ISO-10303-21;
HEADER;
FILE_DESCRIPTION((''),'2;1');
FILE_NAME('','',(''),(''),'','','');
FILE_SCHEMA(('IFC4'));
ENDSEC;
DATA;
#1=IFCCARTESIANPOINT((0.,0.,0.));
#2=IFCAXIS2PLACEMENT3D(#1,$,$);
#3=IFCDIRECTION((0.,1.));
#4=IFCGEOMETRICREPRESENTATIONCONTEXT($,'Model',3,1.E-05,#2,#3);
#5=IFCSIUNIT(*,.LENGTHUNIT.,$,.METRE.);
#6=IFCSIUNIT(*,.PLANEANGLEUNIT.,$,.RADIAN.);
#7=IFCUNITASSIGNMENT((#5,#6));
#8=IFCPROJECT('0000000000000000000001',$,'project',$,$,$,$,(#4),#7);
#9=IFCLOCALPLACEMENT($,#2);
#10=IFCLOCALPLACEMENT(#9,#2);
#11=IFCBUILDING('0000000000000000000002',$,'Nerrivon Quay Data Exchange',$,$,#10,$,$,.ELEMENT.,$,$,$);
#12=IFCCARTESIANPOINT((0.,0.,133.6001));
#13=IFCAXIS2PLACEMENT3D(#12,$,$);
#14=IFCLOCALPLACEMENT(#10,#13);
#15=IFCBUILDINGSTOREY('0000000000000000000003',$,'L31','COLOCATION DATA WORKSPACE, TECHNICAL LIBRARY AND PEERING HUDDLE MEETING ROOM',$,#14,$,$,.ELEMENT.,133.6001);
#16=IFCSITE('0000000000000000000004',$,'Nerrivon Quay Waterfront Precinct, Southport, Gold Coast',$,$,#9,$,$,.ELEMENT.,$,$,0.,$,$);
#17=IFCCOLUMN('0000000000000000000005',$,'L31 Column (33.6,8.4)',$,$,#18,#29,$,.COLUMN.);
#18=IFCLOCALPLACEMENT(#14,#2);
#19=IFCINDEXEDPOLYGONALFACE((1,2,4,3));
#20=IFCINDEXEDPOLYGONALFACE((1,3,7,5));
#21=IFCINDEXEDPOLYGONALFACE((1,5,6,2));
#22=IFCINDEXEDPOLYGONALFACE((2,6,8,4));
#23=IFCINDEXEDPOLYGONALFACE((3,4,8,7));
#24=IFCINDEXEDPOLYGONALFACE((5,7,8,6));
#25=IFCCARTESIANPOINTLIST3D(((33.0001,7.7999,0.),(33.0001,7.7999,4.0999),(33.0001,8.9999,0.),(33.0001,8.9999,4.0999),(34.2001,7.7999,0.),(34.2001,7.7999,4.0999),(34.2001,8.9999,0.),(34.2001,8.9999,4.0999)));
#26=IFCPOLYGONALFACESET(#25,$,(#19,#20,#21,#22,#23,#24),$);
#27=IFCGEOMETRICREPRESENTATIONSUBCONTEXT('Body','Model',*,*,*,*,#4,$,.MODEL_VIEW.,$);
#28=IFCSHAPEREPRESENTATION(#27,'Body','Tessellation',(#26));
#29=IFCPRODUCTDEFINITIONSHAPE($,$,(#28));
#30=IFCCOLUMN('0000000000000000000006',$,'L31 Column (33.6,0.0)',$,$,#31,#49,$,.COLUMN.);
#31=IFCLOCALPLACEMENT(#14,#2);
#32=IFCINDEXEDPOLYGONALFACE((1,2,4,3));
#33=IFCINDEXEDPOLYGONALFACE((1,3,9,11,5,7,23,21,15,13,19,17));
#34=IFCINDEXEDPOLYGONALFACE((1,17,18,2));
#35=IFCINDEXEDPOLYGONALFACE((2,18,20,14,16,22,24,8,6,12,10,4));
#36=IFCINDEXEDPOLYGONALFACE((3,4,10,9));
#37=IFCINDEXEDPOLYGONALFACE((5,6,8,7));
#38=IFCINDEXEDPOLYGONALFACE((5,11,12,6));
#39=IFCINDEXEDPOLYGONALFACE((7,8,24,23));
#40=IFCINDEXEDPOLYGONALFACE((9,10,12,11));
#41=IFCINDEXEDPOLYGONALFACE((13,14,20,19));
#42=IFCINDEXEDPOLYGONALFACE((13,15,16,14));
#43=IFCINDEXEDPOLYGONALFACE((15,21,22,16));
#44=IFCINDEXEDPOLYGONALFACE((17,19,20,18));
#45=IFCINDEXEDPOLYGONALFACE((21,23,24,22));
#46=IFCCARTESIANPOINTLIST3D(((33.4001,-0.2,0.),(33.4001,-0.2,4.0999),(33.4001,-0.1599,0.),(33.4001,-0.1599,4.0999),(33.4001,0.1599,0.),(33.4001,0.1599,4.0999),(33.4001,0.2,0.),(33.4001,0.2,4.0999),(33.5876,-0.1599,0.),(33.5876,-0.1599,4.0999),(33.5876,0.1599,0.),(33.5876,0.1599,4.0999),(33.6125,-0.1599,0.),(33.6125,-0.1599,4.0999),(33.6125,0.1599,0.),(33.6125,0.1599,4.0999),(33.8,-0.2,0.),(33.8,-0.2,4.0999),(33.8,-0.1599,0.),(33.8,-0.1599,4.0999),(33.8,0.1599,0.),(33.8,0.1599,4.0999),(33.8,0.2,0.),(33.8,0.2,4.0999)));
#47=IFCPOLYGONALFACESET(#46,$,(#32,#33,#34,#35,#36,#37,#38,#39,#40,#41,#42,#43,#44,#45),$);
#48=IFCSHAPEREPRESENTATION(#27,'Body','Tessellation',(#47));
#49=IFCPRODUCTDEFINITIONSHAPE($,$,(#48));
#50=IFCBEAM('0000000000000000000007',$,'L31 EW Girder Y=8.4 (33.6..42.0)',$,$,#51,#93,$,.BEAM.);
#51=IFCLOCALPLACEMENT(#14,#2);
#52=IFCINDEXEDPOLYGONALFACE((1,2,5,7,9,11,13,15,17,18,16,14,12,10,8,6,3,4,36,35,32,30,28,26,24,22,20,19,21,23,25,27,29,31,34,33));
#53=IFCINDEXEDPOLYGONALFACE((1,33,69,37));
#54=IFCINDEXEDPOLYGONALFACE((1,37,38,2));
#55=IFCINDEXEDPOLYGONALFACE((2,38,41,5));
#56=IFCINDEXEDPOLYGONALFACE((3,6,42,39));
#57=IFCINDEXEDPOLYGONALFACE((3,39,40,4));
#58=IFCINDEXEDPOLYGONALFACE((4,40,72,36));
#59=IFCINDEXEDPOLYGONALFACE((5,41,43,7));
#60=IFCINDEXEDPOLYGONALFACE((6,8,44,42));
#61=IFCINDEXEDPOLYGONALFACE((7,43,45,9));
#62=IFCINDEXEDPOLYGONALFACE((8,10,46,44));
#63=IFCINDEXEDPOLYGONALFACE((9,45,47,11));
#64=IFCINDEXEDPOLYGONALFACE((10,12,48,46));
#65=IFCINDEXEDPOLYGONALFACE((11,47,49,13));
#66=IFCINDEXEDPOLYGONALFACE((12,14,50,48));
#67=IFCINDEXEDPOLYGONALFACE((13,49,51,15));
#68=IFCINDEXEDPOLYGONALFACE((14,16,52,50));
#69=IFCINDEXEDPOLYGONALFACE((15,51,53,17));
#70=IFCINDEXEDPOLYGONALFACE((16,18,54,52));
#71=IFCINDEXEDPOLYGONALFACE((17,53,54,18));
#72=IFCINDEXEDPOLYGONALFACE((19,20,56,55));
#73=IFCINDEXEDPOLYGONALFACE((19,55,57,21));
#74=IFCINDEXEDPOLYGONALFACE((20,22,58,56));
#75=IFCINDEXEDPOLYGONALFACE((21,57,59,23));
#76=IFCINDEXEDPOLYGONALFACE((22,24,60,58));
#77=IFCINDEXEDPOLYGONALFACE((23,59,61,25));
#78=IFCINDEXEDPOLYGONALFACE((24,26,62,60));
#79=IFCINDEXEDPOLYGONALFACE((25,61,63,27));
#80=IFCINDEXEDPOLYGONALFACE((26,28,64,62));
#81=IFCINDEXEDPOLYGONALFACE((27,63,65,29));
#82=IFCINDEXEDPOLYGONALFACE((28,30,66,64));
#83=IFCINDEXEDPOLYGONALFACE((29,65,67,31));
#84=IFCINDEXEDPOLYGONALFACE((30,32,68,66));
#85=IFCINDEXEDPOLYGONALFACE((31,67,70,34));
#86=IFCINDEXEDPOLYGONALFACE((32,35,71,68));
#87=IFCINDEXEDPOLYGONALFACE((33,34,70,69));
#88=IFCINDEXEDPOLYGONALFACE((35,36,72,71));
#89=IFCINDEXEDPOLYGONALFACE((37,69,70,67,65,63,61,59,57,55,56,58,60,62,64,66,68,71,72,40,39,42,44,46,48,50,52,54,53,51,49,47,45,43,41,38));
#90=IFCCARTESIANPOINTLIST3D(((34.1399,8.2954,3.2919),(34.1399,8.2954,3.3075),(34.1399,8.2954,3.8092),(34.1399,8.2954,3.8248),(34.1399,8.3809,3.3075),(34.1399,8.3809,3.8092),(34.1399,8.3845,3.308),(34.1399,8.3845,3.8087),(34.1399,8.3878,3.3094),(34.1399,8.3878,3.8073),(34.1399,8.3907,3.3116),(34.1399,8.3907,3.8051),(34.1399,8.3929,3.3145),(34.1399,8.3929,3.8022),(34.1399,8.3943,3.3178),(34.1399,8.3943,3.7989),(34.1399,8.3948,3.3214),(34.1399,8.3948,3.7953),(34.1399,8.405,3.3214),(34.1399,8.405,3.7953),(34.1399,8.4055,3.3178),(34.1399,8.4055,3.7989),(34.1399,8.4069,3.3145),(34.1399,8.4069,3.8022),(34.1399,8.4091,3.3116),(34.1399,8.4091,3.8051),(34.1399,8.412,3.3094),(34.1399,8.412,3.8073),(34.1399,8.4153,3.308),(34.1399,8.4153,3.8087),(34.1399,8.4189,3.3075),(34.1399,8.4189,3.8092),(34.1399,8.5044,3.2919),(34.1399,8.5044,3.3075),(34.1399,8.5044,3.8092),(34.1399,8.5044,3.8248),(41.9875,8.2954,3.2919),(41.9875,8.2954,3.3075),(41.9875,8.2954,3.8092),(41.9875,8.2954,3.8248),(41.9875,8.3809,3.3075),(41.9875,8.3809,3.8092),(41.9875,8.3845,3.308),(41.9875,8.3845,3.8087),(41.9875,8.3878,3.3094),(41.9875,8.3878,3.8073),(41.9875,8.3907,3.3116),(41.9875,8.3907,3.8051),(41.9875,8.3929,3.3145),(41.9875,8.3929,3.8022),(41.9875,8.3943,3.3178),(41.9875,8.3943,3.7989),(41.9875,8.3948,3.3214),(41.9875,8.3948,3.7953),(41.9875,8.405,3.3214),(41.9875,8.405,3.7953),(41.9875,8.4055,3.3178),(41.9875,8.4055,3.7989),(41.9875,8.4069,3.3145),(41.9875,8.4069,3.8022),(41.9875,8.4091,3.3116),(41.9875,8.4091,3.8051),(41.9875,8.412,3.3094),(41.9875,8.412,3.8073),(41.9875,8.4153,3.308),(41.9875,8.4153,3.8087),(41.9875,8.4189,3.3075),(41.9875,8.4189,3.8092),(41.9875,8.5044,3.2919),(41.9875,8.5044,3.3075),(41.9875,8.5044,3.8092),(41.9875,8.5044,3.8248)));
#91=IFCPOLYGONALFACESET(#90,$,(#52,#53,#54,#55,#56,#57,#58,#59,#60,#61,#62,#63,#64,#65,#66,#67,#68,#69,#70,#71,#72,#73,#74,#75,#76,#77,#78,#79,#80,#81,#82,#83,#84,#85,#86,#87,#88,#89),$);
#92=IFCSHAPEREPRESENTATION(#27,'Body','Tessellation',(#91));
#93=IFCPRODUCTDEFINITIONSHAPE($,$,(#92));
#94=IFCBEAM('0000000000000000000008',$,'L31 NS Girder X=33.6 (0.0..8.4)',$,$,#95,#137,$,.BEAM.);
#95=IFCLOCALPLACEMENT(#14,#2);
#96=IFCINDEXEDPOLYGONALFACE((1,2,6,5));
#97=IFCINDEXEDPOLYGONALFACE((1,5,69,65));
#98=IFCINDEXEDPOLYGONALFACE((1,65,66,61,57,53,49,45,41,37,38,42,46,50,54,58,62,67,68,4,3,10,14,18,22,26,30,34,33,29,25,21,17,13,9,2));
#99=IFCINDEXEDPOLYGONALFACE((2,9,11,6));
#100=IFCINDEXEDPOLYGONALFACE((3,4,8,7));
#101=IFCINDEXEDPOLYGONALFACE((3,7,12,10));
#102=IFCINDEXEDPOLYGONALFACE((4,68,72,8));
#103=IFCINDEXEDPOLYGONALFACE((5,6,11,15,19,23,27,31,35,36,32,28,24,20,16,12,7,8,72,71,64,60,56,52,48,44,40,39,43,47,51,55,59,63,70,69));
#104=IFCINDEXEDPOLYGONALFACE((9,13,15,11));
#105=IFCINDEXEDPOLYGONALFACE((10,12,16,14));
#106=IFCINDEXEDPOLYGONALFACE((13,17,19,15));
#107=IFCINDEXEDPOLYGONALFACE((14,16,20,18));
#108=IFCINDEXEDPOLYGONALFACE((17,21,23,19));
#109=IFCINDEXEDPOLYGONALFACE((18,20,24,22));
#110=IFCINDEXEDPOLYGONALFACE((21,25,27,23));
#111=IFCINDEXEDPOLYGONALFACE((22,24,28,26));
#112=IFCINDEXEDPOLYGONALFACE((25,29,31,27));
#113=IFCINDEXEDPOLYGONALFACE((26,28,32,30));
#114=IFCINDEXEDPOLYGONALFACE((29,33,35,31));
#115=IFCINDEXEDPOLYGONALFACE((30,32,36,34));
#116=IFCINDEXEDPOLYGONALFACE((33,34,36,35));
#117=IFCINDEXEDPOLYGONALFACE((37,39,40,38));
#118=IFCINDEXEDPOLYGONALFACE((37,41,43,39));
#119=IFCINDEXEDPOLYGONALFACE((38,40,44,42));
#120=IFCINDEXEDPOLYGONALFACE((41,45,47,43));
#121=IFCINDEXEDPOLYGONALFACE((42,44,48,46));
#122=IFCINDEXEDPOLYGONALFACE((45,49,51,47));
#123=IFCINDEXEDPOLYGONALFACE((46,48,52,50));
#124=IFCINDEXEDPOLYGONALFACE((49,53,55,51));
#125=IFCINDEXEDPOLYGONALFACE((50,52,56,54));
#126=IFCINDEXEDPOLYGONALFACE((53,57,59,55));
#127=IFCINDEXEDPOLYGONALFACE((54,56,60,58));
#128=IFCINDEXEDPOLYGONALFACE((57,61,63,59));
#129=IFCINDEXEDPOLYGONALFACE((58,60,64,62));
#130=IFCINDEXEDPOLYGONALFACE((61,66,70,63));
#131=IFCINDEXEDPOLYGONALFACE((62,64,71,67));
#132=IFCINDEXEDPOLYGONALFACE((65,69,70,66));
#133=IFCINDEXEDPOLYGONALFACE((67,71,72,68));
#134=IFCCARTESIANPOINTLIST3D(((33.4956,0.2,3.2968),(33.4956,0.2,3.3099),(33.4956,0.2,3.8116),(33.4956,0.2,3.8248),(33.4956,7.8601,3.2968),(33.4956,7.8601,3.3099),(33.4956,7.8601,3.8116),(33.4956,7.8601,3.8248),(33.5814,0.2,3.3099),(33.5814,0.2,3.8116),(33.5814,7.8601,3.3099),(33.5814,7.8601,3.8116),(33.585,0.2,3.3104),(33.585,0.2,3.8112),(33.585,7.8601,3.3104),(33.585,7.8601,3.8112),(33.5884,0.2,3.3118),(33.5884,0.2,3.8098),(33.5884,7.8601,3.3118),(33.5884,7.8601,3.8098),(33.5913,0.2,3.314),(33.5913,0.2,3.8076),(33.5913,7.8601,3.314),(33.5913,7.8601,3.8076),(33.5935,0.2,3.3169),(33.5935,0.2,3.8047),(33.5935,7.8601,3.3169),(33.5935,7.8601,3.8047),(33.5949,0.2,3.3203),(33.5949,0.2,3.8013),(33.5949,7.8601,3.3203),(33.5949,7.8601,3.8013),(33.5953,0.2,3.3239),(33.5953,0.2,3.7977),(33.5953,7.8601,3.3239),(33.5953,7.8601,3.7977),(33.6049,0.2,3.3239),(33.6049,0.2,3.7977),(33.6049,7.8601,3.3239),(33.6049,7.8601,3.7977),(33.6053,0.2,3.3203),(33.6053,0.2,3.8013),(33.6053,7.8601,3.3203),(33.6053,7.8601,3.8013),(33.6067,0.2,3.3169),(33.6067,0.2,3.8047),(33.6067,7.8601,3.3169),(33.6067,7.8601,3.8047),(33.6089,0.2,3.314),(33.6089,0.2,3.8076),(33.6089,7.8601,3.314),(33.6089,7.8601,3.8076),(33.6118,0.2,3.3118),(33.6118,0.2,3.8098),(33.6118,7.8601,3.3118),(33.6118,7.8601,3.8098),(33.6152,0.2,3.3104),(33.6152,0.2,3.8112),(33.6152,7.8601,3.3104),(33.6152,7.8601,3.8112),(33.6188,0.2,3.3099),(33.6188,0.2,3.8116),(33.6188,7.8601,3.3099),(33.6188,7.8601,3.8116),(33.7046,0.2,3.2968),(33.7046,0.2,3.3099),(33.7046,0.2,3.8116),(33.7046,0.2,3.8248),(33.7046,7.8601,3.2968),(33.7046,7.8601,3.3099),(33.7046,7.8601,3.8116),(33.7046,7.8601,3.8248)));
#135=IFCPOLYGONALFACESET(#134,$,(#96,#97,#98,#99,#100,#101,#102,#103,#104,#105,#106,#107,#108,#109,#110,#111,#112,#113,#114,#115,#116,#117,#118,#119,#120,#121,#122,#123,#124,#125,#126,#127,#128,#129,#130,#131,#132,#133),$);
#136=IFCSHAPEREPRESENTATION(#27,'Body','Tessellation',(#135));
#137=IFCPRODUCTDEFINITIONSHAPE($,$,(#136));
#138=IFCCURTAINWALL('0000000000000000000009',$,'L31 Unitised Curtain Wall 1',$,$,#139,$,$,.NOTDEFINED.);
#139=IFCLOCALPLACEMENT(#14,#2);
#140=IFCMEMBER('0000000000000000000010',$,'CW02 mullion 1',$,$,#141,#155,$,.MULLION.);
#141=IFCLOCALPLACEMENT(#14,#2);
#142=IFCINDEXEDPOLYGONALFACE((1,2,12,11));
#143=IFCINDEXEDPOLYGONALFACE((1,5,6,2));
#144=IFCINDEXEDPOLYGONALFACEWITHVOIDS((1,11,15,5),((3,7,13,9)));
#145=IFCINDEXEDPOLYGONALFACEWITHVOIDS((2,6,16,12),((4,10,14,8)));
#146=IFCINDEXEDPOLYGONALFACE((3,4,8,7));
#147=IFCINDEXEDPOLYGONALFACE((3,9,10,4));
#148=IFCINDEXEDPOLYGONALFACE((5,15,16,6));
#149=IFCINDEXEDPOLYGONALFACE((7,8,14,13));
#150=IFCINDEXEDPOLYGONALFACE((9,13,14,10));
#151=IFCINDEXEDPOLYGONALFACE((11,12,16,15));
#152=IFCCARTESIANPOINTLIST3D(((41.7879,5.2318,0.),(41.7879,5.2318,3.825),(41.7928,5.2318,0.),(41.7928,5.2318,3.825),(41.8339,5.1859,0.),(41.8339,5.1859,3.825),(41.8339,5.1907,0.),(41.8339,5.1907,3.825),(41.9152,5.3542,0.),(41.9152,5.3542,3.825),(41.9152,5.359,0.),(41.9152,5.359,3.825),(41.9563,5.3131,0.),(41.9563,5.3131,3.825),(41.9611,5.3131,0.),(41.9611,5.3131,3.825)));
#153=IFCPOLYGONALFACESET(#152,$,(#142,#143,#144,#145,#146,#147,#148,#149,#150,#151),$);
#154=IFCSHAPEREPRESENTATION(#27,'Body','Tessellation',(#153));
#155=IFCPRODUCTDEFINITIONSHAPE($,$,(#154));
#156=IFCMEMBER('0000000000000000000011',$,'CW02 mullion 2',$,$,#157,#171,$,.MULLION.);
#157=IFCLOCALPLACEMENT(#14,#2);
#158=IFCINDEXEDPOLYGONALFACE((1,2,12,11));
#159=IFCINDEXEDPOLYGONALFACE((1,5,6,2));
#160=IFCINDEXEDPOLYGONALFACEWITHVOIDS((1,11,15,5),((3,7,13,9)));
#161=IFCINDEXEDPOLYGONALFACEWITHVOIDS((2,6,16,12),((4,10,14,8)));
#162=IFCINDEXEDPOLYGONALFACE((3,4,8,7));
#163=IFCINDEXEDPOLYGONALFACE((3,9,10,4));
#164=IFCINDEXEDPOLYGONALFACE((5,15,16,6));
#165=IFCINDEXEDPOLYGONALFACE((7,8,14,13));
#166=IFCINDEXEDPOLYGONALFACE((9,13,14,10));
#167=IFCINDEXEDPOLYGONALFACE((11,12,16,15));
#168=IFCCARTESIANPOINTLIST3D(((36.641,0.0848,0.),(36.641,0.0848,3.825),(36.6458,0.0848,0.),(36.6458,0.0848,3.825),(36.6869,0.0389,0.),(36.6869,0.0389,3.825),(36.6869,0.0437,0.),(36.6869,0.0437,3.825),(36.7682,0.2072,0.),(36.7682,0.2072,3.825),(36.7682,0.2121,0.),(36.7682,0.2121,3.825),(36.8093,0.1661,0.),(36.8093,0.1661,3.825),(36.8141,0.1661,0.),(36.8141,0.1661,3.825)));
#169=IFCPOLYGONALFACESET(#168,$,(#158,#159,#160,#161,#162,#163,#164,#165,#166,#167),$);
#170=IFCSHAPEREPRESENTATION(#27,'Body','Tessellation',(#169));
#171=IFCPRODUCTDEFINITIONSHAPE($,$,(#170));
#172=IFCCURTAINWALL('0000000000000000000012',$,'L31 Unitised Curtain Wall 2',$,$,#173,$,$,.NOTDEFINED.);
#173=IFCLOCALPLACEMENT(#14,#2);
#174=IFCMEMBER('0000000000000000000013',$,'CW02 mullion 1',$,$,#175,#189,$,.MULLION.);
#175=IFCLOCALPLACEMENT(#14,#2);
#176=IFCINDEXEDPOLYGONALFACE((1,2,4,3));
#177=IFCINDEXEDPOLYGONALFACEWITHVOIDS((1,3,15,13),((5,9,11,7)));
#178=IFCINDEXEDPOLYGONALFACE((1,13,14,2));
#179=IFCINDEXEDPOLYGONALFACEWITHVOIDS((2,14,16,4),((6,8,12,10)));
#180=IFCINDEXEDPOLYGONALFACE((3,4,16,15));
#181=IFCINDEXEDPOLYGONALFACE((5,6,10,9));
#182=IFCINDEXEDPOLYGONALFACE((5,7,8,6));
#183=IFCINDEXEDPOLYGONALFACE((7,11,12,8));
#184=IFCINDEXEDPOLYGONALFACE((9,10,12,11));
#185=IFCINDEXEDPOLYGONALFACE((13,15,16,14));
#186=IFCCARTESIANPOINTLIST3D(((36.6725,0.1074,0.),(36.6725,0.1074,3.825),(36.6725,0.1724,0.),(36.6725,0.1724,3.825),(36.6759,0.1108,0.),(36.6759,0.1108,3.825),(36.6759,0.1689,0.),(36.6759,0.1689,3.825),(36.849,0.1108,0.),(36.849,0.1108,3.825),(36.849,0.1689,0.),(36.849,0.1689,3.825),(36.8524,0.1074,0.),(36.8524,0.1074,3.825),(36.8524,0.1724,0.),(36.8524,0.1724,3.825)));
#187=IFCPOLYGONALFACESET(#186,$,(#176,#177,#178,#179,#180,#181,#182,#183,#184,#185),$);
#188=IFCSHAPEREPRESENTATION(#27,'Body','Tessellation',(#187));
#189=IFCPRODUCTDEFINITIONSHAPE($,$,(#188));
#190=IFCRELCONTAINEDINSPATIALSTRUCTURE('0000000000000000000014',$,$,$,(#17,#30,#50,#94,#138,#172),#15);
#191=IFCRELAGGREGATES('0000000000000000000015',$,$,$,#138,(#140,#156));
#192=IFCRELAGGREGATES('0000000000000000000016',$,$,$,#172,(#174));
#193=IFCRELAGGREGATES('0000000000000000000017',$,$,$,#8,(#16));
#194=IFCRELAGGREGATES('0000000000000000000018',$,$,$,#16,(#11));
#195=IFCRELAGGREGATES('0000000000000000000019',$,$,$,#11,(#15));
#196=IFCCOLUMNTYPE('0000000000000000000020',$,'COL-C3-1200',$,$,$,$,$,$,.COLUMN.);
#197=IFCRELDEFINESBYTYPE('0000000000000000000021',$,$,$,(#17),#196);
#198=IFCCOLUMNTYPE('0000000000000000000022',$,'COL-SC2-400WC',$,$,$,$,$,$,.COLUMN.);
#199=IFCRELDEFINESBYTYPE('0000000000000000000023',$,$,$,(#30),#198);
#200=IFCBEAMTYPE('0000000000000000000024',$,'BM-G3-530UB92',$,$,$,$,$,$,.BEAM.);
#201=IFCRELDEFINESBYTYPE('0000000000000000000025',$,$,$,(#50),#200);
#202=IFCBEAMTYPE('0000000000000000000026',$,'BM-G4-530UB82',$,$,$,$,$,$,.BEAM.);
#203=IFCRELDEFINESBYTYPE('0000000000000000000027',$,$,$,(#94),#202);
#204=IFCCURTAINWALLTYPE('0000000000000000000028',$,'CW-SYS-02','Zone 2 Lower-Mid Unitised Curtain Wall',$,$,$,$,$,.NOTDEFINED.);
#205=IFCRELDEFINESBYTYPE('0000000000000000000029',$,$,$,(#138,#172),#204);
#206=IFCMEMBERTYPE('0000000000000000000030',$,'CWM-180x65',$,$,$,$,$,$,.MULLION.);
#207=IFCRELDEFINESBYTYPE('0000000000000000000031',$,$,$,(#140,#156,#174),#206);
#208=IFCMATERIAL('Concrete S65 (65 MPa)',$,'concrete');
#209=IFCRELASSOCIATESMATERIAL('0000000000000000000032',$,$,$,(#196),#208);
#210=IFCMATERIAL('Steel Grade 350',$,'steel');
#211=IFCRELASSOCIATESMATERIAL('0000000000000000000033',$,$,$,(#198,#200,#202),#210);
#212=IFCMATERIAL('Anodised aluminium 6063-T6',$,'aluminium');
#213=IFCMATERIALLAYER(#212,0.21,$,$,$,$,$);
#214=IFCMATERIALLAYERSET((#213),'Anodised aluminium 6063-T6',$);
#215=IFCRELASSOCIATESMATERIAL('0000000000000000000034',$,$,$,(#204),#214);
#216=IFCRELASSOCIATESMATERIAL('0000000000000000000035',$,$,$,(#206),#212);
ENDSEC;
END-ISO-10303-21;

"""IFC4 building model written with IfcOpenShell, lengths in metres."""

from ifc_helpers import new_model, si_unit, direction, frame, origin, origin_2d, place, context, subcontext, project, spatial, rectangle, hollow_rectangle, i_section, extrude, material, layer, layer_set, material_profile, profile_set, type_object, element, aggregate, save


model = new_model("IFC4")

# Units and contexts
model_context = context("Model", 3, precision=1e-05, world=origin(), true_north=direction((0.0, 1.0)))
body_context = subcontext(model_context, "Body", "Model", "MODEL_VIEW")
ifc_project = project(units=[si_unit("LENGTHUNIT", "METRE"), si_unit("PLANEANGLEUNIT", "RADIAN")], contexts=[model_context])

# Site, building, storey
site_placement = place(None, origin())
site = spatial("IfcSite", under=ifc_project, at=site_placement, Name="Nerrivon Quay Waterfront Precinct, Southport, Gold Coast", CompositionType="ELEMENT", RefElevation=0.0)
building_placement = place(site_placement, origin())
building = spatial("IfcBuilding", under=site, at=building_placement, Name="Nerrivon Quay Data Exchange", CompositionType="ELEMENT")
storey_placement = place(building_placement, frame((0.0, 0.0, 133.6001)))
storey = spatial("IfcBuildingStorey", under=building, at=storey_placement, Name="L31", Description="COLOCATION DATA WORKSPACE, TECHNICAL LIBRARY AND PEERING HUDDLE MEETING ROOM", CompositionType="ELEMENT", Elevation=133.6001)

# Columns
ifc_material_1 = material(Name="Concrete S65 (65 MPa)", Category="concrete")
ifc_material_profile_1 = material_profile(ifc_material_1, rectangle(XDim=1.2, YDim=1.2, at=origin_2d()), Name="RC-COL-1200x1200")
ifc_profile_set_1 = profile_set([ifc_material_profile_1], Name="Concrete S65 (65 MPa)")
column_type_1 = type_object("IfcColumnType", Name="COL-C3-1200", PredefinedType="COLUMN", material=ifc_profile_set_1)
column_1_placement = place(storey_placement, frame((33.6001, 8.3999, 0.0), z_axis=(0.0, 0.0, 1.0), x_axis=(1.0, 0.0, 0.0)))
element("IfcColumn", 1, at=column_1_placement, inside=storey, type_object=column_type_1, Name="L31 Column (33.6,8.4)", PredefinedType="COLUMN", context=body_context, shape_type="SweptSolid", body=[
    extrude(rectangle(XDim=1.2, YDim=1.2, at=origin_2d()), origin(), (0.0, 0.0, 1.0), 4.0999),
])
ifc_material_2 = material(Name="Steel Grade 350", Category="steel")
ifc_material_profile_2 = material_profile(ifc_material_2, i_section(OverallWidth=0.3999, OverallDepth=0.3999, WebThickness=0.0249, FlangeThickness=0.04, at=origin_2d()), Name="400WC328")
ifc_profile_set_2 = profile_set([ifc_material_profile_2], Name="Steel Grade 350")
column_type_2 = type_object("IfcColumnType", Name="COL-SC2-400WC", PredefinedType="COLUMN", material=ifc_profile_set_2)
column_2_placement = place(storey_placement, frame((33.6001, 0.0, 0.0), z_axis=(0.0, 0.0, 1.0), x_axis=(1.0, 0.0, 0.0)))
element("IfcColumn", 2, at=column_2_placement, inside=storey, type_object=column_type_2, Name="L31 Column (33.6,0.0)", PredefinedType="COLUMN", context=body_context, shape_type="SweptSolid", body=[
    extrude(i_section(OverallWidth=0.3999, OverallDepth=0.3999, WebThickness=0.0249, FlangeThickness=0.04, at=origin_2d()), origin(), (0.0, 0.0, 1.0), 4.0999),
])

# Beams
ifc_material_profile_3 = material_profile(ifc_material_2, i_section(OverallWidth=0.209, OverallDepth=0.533, WebThickness=0.0103, FlangeThickness=0.0156, FilletRadius=0.0139, at=origin_2d()), Name="530UB92.4")
ifc_profile_set_3 = profile_set([ifc_material_profile_3], Name="Steel Grade 350")
beam_type_1 = type_object("IfcBeamType", Name="BM-G3-530UB92", PredefinedType="BEAM", material=ifc_profile_set_3)
beam_1_placement = place(storey_placement, frame((34.1399, 8.3999, 3.5583), z_axis=(1.0, 0.0, 0.0), x_axis=(0.0, 1.0, 0.0)))
element("IfcBeam", 3, at=beam_1_placement, inside=storey, type_object=beam_type_1, Name="L31 EW Girder Y=8.4 (33.6..42.0)", PredefinedType="BEAM", context=body_context, shape_type="SweptSolid", body=[
    extrude(i_section(OverallWidth=0.209, OverallDepth=0.533, WebThickness=0.0103, FlangeThickness=0.0156, FilletRadius=0.0139, at=origin_2d()), origin(), (0.0, 0.0, 1.0), 7.8477),
])
ifc_material_profile_4 = material_profile(ifc_material_2, i_section(OverallWidth=0.209, OverallDepth=0.5281, WebThickness=0.0095, FlangeThickness=0.0132, FilletRadius=0.0139, at=origin_2d()), Name="530UB82.0")
ifc_profile_set_4 = profile_set([ifc_material_profile_4], Name="Steel Grade 350")
beam_type_2 = type_object("IfcBeamType", Name="BM-G4-530UB82", PredefinedType="BEAM", material=ifc_profile_set_4)
beam_2_placement = place(storey_placement, frame((33.6001, 0.2, 3.5608), z_axis=(0.0, 1.0, 0.0), x_axis=(-1.0, 0.0, 0.0)))
element("IfcBeam", 4, at=beam_2_placement, inside=storey, type_object=beam_type_2, Name="L31 NS Girder X=33.6 (0.0..8.4)", PredefinedType="BEAM", context=body_context, shape_type="SweptSolid", body=[
    extrude(i_section(OverallWidth=0.209, OverallDepth=0.5281, WebThickness=0.0095, FlangeThickness=0.0132, FilletRadius=0.0139, at=origin_2d()), origin(), (0.0, 0.0, 1.0), 7.6602),
])

# Curtain walls, members
ifc_material_3 = material(Name="Anodised aluminium 6063-T6", Category="aluminium")
ifc_layer_1 = layer(ifc_material_3, 0.21)
ifc_layer_set_1 = layer_set([ifc_layer_1], Name="Anodised aluminium 6063-T6")
curtain_wall_type = type_object("IfcCurtainWallType", Name="CW-SYS-02", Description="Zone 2 Lower-Mid Unitised Curtain Wall", PredefinedType="NOTDEFINED", material=ifc_layer_set_1)
curtain_wall_1_placement = place(storey_placement, origin())
curtain_wall_1 = element("IfcCurtainWall", 5, at=curtain_wall_1_placement, inside=storey, type_object=curtain_wall_type, Name="L31 Unitised Curtain Wall 1", PredefinedType="NOTDEFINED")
ifc_material_profile_5 = material_profile(ifc_material_3, hollow_rectangle(XDim=0.0649, YDim=0.1799, WallThickness=0.0034, at=origin_2d()), Name="ALU-MULL-180x65")
ifc_profile_set_5 = profile_set([ifc_material_profile_5], Name="Anodised aluminium 6063-T6")
member_type_1 = type_object("IfcMemberType", Name="CWM-180x65", PredefinedType="MULLION", material=ifc_profile_set_5)
member_1_placement = place(storey_placement, frame((41.8745, 5.2725, 0.0), z_axis=(0.0, 0.0, 1.0), x_axis=(0.707107, -0.707107, 0.0)))
member_1 = element("IfcMember", 6, at=member_1_placement, type_object=member_type_1, Name="CW02 mullion 1", PredefinedType="MULLION", context=body_context, shape_type="SweptSolid", body=[
    extrude(hollow_rectangle(XDim=0.0649, YDim=0.1799, WallThickness=0.0034, at=origin_2d()), origin(), (0.0, 0.0, 1.0), 3.825),
])
member_2_placement = place(storey_placement, frame((36.7275, 0.1255, 0.0), z_axis=(0.0, 0.0, 1.0), x_axis=(0.707107, -0.707107, 0.0)))
member_2 = element("IfcMember", 7, at=member_2_placement, type_object=member_type_1, Name="CW02 mullion 2", PredefinedType="MULLION", context=body_context, shape_type="SweptSolid", body=[
    extrude(hollow_rectangle(XDim=0.0649, YDim=0.1799, WallThickness=0.0034, at=origin_2d()), origin(), (0.0, 0.0, 1.0), 3.825),
])
curtain_wall_2_placement = place(storey_placement, origin())
curtain_wall_2 = element("IfcCurtainWall", 8, at=curtain_wall_2_placement, inside=storey, type_object=curtain_wall_type, Name="L31 Unitised Curtain Wall 2", PredefinedType="NOTDEFINED")
member_3_placement = place(storey_placement, frame((36.7625, 0.1399, 0.0), z_axis=(0.0, 0.0, 1.0), x_axis=(0.0, -1.0, 0.0)))
member_3 = element("IfcMember", 9, at=member_3_placement, type_object=member_type_1, Name="CW02 mullion 1", PredefinedType="MULLION", context=body_context, shape_type="SweptSolid", body=[
    extrude(hollow_rectangle(XDim=0.0649, YDim=0.1799, WallThickness=0.0034, at=origin_2d()), origin(), (0.0, 0.0, 1.0), 3.825),
])

aggregate(curtain_wall_1, [member_1, member_2])
aggregate(curtain_wall_2, [member_3])

save(model, "model.ifc")
